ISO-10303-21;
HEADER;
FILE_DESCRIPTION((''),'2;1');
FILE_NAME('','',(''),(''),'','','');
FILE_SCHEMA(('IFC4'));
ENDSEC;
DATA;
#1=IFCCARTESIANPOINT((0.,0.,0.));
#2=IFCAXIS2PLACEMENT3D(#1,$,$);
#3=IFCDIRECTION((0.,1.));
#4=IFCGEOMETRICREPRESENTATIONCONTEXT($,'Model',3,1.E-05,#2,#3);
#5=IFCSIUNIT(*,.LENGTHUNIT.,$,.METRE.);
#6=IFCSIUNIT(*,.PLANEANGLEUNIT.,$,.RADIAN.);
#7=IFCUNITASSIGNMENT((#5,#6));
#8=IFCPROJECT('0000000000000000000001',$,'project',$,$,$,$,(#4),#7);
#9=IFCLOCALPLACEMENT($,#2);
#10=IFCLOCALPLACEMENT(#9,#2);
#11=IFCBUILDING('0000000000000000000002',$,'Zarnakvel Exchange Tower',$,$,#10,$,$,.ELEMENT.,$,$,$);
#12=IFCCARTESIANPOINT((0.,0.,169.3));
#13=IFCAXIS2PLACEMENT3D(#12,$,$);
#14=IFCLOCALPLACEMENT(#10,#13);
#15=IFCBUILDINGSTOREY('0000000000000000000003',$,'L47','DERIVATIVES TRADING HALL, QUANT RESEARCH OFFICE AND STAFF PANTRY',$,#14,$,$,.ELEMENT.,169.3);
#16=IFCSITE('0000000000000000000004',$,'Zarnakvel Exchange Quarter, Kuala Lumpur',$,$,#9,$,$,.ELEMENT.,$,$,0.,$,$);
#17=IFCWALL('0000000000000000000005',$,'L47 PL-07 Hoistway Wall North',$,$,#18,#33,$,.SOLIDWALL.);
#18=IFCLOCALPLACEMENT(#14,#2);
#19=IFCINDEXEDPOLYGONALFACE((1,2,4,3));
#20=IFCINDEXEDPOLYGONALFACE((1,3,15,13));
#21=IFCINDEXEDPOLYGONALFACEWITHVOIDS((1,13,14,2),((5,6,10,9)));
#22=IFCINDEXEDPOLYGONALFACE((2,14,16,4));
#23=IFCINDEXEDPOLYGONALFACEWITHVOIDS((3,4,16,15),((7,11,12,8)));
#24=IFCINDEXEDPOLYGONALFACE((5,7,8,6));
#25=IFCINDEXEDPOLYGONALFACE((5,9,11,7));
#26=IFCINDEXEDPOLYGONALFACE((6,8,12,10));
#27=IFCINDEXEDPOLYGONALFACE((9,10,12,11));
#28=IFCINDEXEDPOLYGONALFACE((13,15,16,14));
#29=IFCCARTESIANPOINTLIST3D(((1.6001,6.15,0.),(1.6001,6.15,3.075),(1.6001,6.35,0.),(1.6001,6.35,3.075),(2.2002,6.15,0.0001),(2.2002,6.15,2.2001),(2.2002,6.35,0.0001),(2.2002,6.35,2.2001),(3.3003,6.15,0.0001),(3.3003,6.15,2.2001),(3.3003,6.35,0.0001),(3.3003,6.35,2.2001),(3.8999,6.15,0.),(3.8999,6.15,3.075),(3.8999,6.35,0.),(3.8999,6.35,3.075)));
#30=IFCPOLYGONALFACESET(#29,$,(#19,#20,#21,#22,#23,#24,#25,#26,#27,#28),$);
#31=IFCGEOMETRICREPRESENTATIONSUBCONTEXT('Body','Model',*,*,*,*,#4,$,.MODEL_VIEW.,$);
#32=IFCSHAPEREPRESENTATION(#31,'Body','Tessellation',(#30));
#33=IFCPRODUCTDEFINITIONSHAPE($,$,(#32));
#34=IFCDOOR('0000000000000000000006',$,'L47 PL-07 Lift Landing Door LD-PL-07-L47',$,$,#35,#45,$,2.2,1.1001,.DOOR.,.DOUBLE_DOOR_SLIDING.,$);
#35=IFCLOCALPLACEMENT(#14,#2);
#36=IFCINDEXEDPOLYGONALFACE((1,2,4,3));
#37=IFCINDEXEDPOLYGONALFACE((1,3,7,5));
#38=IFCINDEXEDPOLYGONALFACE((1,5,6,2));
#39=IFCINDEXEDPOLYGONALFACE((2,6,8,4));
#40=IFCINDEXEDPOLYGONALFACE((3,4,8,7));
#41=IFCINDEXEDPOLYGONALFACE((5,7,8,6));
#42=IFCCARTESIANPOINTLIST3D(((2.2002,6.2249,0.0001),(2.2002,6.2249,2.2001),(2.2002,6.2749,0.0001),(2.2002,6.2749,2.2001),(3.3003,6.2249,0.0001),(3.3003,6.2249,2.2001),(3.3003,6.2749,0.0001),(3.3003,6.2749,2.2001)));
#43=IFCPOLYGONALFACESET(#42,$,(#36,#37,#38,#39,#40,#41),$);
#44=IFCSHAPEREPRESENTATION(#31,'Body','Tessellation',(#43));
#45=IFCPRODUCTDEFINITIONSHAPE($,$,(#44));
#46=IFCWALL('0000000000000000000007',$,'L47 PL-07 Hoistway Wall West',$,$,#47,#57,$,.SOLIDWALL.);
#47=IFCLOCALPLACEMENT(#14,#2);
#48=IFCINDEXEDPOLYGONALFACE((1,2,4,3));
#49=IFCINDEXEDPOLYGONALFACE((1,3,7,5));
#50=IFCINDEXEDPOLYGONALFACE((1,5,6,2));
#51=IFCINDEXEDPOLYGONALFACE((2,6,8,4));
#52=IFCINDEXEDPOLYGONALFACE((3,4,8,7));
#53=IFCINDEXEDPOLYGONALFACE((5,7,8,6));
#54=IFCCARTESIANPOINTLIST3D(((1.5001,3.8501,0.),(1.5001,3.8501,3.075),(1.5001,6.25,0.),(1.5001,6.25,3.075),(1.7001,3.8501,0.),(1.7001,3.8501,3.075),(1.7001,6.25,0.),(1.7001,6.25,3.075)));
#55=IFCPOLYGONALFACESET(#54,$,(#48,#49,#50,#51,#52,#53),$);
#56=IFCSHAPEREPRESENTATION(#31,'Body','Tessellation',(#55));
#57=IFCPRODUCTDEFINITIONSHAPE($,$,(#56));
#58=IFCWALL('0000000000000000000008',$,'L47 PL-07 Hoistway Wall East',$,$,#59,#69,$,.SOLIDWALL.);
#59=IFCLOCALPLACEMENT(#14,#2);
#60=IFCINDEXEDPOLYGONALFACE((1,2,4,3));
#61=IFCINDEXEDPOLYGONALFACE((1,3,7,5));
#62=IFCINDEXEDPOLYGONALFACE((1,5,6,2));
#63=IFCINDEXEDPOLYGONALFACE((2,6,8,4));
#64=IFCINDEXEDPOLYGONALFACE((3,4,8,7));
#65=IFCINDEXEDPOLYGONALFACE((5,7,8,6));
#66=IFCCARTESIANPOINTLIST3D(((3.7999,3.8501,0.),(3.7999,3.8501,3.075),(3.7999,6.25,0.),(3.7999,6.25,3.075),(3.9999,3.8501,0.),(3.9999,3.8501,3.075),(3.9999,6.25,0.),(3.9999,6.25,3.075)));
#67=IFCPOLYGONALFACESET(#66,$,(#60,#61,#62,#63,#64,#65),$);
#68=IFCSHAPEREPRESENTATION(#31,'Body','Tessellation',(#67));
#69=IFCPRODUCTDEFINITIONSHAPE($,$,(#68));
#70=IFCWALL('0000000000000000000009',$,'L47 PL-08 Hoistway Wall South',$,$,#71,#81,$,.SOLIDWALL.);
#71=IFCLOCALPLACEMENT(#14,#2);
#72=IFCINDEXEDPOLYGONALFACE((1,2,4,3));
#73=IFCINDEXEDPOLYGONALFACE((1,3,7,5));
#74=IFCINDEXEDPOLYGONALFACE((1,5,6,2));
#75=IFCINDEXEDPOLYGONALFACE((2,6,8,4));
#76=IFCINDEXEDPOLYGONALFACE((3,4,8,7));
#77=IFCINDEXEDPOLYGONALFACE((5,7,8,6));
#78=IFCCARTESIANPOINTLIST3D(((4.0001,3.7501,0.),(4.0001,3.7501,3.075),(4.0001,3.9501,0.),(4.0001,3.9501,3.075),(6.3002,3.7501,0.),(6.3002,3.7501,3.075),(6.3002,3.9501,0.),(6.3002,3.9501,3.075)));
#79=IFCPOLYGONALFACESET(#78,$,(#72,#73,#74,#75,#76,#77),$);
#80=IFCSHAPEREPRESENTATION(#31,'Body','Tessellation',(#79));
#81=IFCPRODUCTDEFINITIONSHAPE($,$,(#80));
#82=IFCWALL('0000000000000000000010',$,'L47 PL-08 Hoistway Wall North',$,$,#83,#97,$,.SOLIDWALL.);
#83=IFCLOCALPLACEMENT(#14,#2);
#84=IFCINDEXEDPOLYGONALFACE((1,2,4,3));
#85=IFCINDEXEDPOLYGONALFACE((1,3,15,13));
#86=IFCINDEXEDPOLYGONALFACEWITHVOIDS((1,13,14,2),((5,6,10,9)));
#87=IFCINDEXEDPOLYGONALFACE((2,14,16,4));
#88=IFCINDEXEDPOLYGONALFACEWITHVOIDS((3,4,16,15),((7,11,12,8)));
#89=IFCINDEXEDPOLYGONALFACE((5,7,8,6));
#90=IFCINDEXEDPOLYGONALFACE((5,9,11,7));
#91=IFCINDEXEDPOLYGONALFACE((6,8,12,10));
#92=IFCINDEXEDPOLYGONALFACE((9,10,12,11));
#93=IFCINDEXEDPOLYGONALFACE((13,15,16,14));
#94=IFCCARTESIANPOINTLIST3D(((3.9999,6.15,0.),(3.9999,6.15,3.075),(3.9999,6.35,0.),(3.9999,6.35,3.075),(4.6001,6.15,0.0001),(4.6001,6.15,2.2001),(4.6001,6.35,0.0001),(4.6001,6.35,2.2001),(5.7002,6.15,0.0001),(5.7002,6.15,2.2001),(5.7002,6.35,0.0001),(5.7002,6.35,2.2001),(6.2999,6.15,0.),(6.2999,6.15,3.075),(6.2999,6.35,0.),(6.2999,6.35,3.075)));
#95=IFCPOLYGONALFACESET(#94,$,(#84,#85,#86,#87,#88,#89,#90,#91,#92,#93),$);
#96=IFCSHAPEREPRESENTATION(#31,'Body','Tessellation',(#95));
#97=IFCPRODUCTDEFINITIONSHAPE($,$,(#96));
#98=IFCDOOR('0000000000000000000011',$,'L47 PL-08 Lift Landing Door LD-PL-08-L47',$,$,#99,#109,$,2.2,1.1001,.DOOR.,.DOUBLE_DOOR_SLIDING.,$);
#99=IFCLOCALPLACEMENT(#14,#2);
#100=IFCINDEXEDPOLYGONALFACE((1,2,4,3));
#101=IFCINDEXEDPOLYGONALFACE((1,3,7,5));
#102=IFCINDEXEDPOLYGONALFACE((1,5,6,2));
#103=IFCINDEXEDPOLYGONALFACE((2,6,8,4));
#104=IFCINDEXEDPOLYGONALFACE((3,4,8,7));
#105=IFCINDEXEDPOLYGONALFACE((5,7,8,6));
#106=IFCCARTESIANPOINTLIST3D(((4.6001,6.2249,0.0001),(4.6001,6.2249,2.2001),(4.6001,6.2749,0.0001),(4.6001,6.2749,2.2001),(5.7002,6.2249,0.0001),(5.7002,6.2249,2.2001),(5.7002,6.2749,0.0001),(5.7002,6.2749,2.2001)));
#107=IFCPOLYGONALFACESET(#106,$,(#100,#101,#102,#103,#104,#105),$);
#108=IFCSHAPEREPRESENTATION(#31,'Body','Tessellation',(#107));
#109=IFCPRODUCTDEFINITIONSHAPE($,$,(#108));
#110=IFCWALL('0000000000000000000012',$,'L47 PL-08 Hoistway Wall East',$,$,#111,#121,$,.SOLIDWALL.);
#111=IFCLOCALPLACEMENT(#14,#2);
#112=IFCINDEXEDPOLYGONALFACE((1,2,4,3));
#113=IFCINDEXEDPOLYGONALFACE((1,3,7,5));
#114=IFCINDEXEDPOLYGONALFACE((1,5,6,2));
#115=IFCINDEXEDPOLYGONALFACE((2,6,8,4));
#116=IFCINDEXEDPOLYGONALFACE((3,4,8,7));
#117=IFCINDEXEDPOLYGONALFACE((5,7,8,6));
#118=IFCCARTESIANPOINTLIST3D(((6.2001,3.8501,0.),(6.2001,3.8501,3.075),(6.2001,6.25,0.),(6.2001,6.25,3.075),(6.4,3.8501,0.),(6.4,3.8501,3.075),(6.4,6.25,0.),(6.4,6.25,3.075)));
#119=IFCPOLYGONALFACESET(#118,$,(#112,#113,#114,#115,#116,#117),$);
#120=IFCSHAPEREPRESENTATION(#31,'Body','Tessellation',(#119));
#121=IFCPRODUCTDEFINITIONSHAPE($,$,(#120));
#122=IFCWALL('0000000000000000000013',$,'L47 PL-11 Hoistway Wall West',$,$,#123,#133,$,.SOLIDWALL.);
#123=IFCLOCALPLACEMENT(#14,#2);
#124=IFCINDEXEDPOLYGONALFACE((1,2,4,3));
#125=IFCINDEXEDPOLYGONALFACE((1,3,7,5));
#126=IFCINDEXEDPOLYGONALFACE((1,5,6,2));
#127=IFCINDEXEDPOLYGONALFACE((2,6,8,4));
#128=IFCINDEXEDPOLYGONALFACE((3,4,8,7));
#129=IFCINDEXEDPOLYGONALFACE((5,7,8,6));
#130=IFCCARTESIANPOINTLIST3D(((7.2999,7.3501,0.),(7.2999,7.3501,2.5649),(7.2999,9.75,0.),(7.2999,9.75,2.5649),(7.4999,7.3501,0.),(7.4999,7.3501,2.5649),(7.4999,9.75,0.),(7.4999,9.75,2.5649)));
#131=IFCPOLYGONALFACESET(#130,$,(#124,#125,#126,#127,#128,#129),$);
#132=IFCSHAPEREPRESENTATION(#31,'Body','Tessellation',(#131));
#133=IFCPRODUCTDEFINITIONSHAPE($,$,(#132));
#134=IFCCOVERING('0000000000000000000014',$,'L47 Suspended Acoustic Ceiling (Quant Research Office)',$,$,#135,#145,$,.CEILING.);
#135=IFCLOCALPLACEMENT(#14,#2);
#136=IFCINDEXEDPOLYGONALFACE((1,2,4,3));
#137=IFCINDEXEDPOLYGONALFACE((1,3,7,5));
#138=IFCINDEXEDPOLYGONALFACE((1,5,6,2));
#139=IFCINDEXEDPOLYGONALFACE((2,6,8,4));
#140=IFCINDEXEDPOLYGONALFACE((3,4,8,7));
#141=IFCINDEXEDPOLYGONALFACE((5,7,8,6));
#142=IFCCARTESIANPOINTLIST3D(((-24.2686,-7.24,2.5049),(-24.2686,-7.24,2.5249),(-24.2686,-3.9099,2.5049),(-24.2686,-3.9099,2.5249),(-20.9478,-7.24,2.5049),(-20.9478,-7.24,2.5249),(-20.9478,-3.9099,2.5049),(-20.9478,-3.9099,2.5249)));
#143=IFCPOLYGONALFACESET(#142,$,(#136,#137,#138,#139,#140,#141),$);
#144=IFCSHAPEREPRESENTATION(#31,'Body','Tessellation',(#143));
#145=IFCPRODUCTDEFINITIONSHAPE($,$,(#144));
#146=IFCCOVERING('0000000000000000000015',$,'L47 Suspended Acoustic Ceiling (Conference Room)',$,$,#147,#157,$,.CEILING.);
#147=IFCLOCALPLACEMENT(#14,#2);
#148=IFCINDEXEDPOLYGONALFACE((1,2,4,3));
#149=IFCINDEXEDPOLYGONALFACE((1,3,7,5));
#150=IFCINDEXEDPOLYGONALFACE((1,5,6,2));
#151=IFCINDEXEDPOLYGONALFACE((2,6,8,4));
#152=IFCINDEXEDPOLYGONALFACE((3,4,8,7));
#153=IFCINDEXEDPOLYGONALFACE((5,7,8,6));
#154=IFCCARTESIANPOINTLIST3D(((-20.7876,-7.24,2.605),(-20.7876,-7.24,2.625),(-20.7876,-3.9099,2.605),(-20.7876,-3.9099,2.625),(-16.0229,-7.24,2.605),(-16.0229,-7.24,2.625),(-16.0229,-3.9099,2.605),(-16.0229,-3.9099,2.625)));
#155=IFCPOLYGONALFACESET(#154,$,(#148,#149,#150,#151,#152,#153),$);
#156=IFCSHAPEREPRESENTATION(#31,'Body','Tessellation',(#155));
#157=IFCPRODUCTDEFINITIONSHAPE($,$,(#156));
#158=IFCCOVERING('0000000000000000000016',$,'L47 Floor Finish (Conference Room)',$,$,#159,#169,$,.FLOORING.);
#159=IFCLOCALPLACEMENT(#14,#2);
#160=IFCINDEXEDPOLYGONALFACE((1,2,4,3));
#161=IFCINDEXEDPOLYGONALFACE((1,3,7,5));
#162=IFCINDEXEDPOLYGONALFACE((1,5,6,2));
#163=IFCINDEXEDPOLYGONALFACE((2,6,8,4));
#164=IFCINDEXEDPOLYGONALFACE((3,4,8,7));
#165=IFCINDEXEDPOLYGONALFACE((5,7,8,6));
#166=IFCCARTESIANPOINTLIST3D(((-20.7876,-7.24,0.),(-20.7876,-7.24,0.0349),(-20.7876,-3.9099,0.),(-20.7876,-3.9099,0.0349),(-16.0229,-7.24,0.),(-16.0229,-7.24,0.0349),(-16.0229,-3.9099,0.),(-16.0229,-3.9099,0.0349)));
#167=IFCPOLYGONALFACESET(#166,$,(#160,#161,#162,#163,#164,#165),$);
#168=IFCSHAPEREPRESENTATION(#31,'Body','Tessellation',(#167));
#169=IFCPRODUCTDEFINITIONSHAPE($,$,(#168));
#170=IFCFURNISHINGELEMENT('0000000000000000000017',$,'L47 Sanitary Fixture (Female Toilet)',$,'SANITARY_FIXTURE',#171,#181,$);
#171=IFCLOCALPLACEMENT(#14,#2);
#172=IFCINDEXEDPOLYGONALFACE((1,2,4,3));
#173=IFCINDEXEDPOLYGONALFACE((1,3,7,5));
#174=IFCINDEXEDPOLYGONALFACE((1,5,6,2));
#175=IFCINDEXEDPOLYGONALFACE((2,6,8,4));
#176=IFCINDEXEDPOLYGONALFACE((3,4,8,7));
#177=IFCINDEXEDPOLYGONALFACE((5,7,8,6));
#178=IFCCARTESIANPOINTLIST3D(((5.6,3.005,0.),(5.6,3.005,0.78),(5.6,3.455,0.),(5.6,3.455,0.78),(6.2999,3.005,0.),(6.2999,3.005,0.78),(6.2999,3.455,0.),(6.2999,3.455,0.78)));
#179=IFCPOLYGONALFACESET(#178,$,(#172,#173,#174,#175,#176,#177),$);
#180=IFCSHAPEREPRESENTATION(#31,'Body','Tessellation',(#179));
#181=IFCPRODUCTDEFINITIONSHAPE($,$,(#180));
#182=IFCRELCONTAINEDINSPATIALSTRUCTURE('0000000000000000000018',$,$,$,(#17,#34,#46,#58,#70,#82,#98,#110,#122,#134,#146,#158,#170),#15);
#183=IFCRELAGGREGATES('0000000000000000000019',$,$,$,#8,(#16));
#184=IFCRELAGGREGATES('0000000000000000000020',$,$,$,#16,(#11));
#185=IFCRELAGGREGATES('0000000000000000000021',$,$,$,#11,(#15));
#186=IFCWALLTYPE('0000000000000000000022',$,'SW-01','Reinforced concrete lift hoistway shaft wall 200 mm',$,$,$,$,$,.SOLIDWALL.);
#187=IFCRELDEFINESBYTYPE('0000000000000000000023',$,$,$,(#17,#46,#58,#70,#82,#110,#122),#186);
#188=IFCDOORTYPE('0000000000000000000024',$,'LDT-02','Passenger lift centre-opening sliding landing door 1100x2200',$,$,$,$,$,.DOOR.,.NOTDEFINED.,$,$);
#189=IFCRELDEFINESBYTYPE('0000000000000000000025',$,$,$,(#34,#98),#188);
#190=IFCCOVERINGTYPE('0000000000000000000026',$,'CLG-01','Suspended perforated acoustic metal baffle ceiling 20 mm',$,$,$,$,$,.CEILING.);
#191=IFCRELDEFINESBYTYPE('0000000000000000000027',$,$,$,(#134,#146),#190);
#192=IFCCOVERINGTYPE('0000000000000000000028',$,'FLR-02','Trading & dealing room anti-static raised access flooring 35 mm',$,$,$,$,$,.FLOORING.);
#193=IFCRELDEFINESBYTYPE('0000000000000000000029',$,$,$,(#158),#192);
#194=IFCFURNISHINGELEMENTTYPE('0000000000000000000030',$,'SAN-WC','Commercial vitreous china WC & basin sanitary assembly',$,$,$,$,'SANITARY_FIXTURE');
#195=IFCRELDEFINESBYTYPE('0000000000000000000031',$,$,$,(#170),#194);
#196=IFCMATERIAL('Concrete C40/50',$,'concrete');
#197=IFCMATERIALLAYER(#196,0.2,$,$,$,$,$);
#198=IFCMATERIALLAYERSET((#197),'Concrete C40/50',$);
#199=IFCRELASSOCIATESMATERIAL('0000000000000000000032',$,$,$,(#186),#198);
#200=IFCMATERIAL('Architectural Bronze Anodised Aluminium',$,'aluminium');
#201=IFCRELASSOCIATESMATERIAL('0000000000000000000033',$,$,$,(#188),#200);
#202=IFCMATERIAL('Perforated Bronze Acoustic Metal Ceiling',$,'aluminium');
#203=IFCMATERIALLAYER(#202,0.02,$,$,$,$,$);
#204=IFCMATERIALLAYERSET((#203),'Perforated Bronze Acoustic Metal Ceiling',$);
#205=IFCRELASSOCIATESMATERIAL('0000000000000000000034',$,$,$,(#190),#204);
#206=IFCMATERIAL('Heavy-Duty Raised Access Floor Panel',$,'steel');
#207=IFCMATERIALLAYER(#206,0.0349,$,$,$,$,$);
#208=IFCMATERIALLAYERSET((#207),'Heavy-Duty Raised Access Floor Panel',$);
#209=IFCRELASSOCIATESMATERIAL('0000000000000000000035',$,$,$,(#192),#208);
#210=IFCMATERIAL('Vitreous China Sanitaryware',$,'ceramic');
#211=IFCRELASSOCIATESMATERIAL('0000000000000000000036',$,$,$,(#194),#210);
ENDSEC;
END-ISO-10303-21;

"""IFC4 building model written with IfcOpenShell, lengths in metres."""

from ifc_helpers import new_model, si_unit, direction, frame, frame_2d, origin, origin_2d, place, context, subcontext, project, spatial, polyline, rectangle, outline, extrude, source, transform, mapped, material, layer, layer_set, type_object, element, fill, save


model = new_model("IFC4")

# Units and contexts
model_context = context("Model", 3, precision=1e-05, world=origin(), true_north=direction((0.0, 1.0)))
body_context = subcontext(model_context, "Body", "Model", "MODEL_VIEW")
ifc_project = project(units=[si_unit("LENGTHUNIT", "METRE"), si_unit("PLANEANGLEUNIT", "RADIAN")], contexts=[model_context])

# Site, building, storey
site_placement = place(None, origin())
site = spatial("IfcSite", under=ifc_project, at=site_placement, Name="Zarnakvel Exchange Quarter, Kuala Lumpur", CompositionType="ELEMENT", RefElevation=0.0)
building_placement = place(site_placement, origin())
building = spatial("IfcBuilding", under=site, at=building_placement, Name="Zarnakvel Exchange Tower", CompositionType="ELEMENT")
storey_placement = place(building_placement, frame((0.0, 0.0, 169.3)))
storey = spatial("IfcBuildingStorey", under=building, at=storey_placement, Name="L47", Description="DERIVATIVES TRADING HALL, QUANT RESEARCH OFFICE AND STAFF PANTRY", CompositionType="ELEMENT", Elevation=169.3)

# Shared definitions
ifc_material_1 = material(Name="Concrete C40/50", Category="concrete")
ifc_layer_1 = layer(ifc_material_1, 0.2)
ifc_layer_set_1 = layer_set([ifc_layer_1], Name="Concrete C40/50")
wall_type_1 = type_object("IfcWallType", Name="SW-01", Description="Reinforced concrete lift hoistway shaft wall 200 mm", PredefinedType="SOLIDWALL", material=ifc_layer_set_1)

# Wall, opening, door
wall_1_placement = place(storey_placement, frame((1.6001, 6.25, 0.0), z_axis=(0.0, 0.0, 1.0), x_axis=(1.0, 0.0, 0.0)))
wall_1 = element("IfcWall", 1, at=wall_1_placement, inside=storey, type_object=wall_type_1, Name="L47 PL-07 Hoistway Wall North", PredefinedType="SOLIDWALL", context=body_context, shape_type="SweptSolid", body=[
    extrude(rectangle(XDim=2.2998, YDim=0.2, at=frame_2d((1.1499, 0.0))), origin(), (0.0, 0.0, 1.0), 3.075),
])
opening_1_placement = place(wall_1_placement, frame((0.6001, 0.0, 0.0)))
opening_1 = element("IfcOpeningElement", 2, at=opening_1_placement, cuts=wall_1, PredefinedType="OPENING", context=body_context, shape_type="SweptSolid", body=[
    extrude(rectangle(XDim=1.1001, YDim=2.2, at=frame_2d((0.55, 1.1001))), frame((0.0, 0.1099, 0.0), z_axis=(0.0, -1.0, 0.0), x_axis=(1.0, 0.0, 0.0)), (0.0, 0.0, 1.0), 0.22),
])
ifc_material_2 = material(Name="Architectural Bronze Anodised Aluminium", Category="aluminium")
door_type_1 = type_object("IfcDoorType", Name="LDT-02", Description="Passenger lift centre-opening sliding landing door 1100x2200", OperationType="NOTDEFINED", PredefinedType="DOOR", material=ifc_material_2)
shared_shape_1 = source(origin(), body_context, "Body", "SweptSolid", [
    extrude(rectangle(XDim=1.1001, YDim=2.2, at=frame_2d((0.55, 1.1001))), frame((0.0, 0.0249, 0.0), z_axis=(0.0, -1.0, 0.0), x_axis=(1.0, 0.0, 0.0)), (0.0, 0.0, 1.0), 0.05),
])
door_1_placement = place(opening_1_placement, origin())
door_1 = element("IfcDoor", 3, at=door_1_placement, inside=storey, type_object=door_type_1, Name="L47 PL-07 Lift Landing Door LD-PL-07-L47", OperationType="DOUBLE_DOOR_SLIDING", OverallHeight=2.2, OverallWidth=1.1001, PredefinedType="DOOR", context=body_context, shape_type="MappedRepresentation", body=[
    mapped(shared_shape_1, transform((0.0, 0.0, 0.0), x_axis=(1.0, 0.0, 0.0), y_axis=(0.0, 1.0, 0.0), z_axis=(0.0, 0.0, 1.0), scale=1.0)),
])
fill(opening_1, door_1)

# Walls
for number, where, z_axis, x_axis, name in (
    (4, (1.6001, 3.8501, 0.0), (0.0, 0.0, 1.0), (0.0, 1.0, 0.0), "L47 PL-07 Hoistway Wall West"),
    (5, (3.8999, 6.25, 0.0), (0.0, 0.0, 1.0), (0.0, -1.0, 0.0), "L47 PL-07 Hoistway Wall East"),
):
    element("IfcWall", number, at=place(storey_placement, frame(where, z_axis=z_axis, x_axis=x_axis)), inside=storey, type_object=wall_type_1, Name=name, PredefinedType="SOLIDWALL", context=body_context, shape_type="SweptSolid", body=[
        extrude(rectangle(XDim=2.3999, YDim=0.2, at=frame_2d((1.2, 0.0))), origin(), (0.0, 0.0, 1.0), 3.075),
    ])
wall_2_placement = place(storey_placement, frame((6.3, 3.8501, 0.0), z_axis=(0.0, 0.0, 1.0), x_axis=(-1.0, 0.0, 0.0)))
element("IfcWall", 6, at=wall_2_placement, inside=storey, type_object=wall_type_1, Name="L47 PL-08 Hoistway Wall South", PredefinedType="SOLIDWALL", context=body_context, shape_type="SweptSolid", body=[
    extrude(rectangle(XDim=2.3, YDim=0.2, at=frame_2d((1.1499, 0.0))), origin(), (0.0, 0.0, 1.0), 3.075),
])

# Wall, opening, door
wall_3_placement = place(storey_placement, frame((4.0, 6.25, 0.0), z_axis=(0.0, 0.0, 1.0), x_axis=(1.0, 0.0, 0.0)))
wall_3 = element("IfcWall", 7, at=wall_3_placement, inside=storey, type_object=wall_type_1, Name="L47 PL-08 Hoistway Wall North", PredefinedType="SOLIDWALL", context=body_context, shape_type="SweptSolid", body=[
    extrude(rectangle(XDim=2.3, YDim=0.2, at=frame_2d((1.1499, 0.0))), origin(), (0.0, 0.0, 1.0), 3.075),
])
opening_2_placement = place(wall_3_placement, frame((0.6001, 0.0, 0.0)))
opening_2 = element("IfcOpeningElement", 8, at=opening_2_placement, cuts=wall_3, PredefinedType="OPENING", context=body_context, shape_type="SweptSolid", body=[
    extrude(rectangle(XDim=1.1001, YDim=2.2, at=frame_2d((0.55, 1.1001))), frame((0.0, 0.1099, 0.0), z_axis=(0.0, -1.0, 0.0), x_axis=(1.0, 0.0, 0.0)), (0.0, 0.0, 1.0), 0.22),
])
door_2_placement = place(opening_2_placement, origin())
door_2 = element("IfcDoor", 9, at=door_2_placement, inside=storey, type_object=door_type_1, Name="L47 PL-08 Lift Landing Door LD-PL-08-L47", OperationType="DOUBLE_DOOR_SLIDING", OverallHeight=2.2, OverallWidth=1.1001, PredefinedType="DOOR", context=body_context, shape_type="MappedRepresentation", body=[
    mapped(shared_shape_1, transform((0.0, 0.0, 0.0), x_axis=(1.0, 0.0, 0.0), y_axis=(0.0, 1.0, 0.0), z_axis=(0.0, 0.0, 1.0), scale=1.0)),
])
fill(opening_2, door_2)

# Walls
wall_4_placement = place(storey_placement, frame((6.3, 6.25, 0.0), z_axis=(0.0, 0.0, 1.0), x_axis=(0.0, -1.0, 0.0)))
element("IfcWall", 10, at=wall_4_placement, inside=storey, type_object=wall_type_1, Name="L47 PL-08 Hoistway Wall East", PredefinedType="SOLIDWALL", context=body_context, shape_type="SweptSolid", body=[
    extrude(rectangle(XDim=2.3999, YDim=0.2, at=frame_2d((1.2, 0.0))), origin(), (0.0, 0.0, 1.0), 3.075),
])
wall_5_placement = place(storey_placement, frame((7.3999, 7.3501, 0.0), z_axis=(0.0, 0.0, 1.0), x_axis=(0.0, 1.0, 0.0)))
element("IfcWall", 11, at=wall_5_placement, inside=storey, type_object=wall_type_1, Name="L47 PL-11 Hoistway Wall West", PredefinedType="SOLIDWALL", context=body_context, shape_type="SweptSolid", body=[
    extrude(rectangle(XDim=2.3999, YDim=0.2, at=frame_2d((1.2, 0.0))), origin(), (0.0, 0.0, 1.0), 2.5649),
])

# Coverings
ifc_material_3 = material(Name="Perforated Bronze Acoustic Metal Ceiling", Category="aluminium")
ifc_layer_2 = layer(ifc_material_3, 0.02)
ifc_layer_set_2 = layer_set([ifc_layer_2], Name="Perforated Bronze Acoustic Metal Ceiling")
covering_type_1 = type_object("IfcCoveringType", Name="CLG-01", Description="Suspended perforated acoustic metal baffle ceiling 20 mm", PredefinedType="CEILING", material=ifc_layer_set_2)
covering_1_placement = place(storey_placement, frame((0.0, 0.0, 2.5049)))
element("IfcCovering", 12, at=covering_1_placement, inside=storey, type_object=covering_type_1, Name="L47 Suspended Acoustic Ceiling (Quant Research Office)", PredefinedType="CEILING", context=body_context, shape_type="SweptSolid", body=[
    extrude(outline(polyline([(-24.2686, -3.9099), (-20.9478, -3.9099), (-20.9478, -7.24), (-24.2686, -7.24), (-24.2686, -3.9099)])), origin(), (0.0, 0.0, 1.0), 0.02),
])
covering_2_placement = place(storey_placement, frame((0.0, 0.0, 2.605)))
element("IfcCovering", 13, at=covering_2_placement, inside=storey, type_object=covering_type_1, Name="L47 Suspended Acoustic Ceiling (Conference Room)", PredefinedType="CEILING", context=body_context, shape_type="SweptSolid", body=[
    extrude(outline(polyline([(-20.7876, -3.9099), (-16.0229, -3.9099), (-16.0229, -7.24), (-20.7876, -7.24), (-20.7876, -3.9099)])), origin(), (0.0, 0.0, 1.0), 0.02),
])
ifc_material_4 = material(Name="Heavy-Duty Raised Access Floor Panel", Category="steel")
ifc_layer_3 = layer(ifc_material_4, 0.0349)
ifc_layer_set_3 = layer_set([ifc_layer_3], Name="Heavy-Duty Raised Access Floor Panel")
covering_type_2 = type_object("IfcCoveringType", Name="FLR-02", Description="Trading & dealing room anti-static raised access flooring 35 mm", PredefinedType="FLOORING", material=ifc_layer_set_3)
covering_3_placement = place(storey_placement, origin())
element("IfcCovering", 14, at=covering_3_placement, inside=storey, type_object=covering_type_2, Name="L47 Floor Finish (Conference Room)", PredefinedType="FLOORING", context=body_context, shape_type="SweptSolid", body=[
    extrude(outline(polyline([(-20.7876, -3.9099), (-16.0229, -3.9099), (-16.0229, -7.24), (-20.7876, -7.24), (-20.7876, -3.9099)])), origin(), (0.0, 0.0, 1.0), 0.0349),
])

# Furnishing element
ifc_material_5 = material(Name="Vitreous China Sanitaryware", Category="ceramic")
furnishing_element_type = type_object("IfcFurnishingElementType", Name="SAN-WC", Description="Commercial vitreous china WC & basin sanitary assembly", ElementType="SANITARY_FIXTURE", material=ifc_material_5)
shared_shape_2 = source(origin(), body_context, "Body", "SweptSolid", [
    extrude(rectangle(XDim=0.7, YDim=0.45, at=origin_2d()), origin(), (0.0, 0.0, 1.0), 0.78),
])
for number, where, z_axis, x_axis, name in (
    (15, (5.95, 3.23, 0.0), (0.0, 0.0, 1.0), (1.0, 0.0, 0.0), "L47 Sanitary Fixture (Female Toilet)"),
):
    element("IfcFurnishingElement", number, at=place(storey_placement, frame(where, z_axis=z_axis, x_axis=x_axis)), inside=storey, type_object=furnishing_element_type, Name=name, ObjectType="SANITARY_FIXTURE", context=body_context, shape_type="MappedRepresentation", body=[
        mapped(shared_shape_2, transform((0.0, 0.0, 0.0), x_axis=(1.0, 0.0, 0.0), y_axis=(0.0, 1.0, 0.0), z_axis=(0.0, 0.0, 1.0), scale=1.0)),
    ])

save(model, "model.ifc")
